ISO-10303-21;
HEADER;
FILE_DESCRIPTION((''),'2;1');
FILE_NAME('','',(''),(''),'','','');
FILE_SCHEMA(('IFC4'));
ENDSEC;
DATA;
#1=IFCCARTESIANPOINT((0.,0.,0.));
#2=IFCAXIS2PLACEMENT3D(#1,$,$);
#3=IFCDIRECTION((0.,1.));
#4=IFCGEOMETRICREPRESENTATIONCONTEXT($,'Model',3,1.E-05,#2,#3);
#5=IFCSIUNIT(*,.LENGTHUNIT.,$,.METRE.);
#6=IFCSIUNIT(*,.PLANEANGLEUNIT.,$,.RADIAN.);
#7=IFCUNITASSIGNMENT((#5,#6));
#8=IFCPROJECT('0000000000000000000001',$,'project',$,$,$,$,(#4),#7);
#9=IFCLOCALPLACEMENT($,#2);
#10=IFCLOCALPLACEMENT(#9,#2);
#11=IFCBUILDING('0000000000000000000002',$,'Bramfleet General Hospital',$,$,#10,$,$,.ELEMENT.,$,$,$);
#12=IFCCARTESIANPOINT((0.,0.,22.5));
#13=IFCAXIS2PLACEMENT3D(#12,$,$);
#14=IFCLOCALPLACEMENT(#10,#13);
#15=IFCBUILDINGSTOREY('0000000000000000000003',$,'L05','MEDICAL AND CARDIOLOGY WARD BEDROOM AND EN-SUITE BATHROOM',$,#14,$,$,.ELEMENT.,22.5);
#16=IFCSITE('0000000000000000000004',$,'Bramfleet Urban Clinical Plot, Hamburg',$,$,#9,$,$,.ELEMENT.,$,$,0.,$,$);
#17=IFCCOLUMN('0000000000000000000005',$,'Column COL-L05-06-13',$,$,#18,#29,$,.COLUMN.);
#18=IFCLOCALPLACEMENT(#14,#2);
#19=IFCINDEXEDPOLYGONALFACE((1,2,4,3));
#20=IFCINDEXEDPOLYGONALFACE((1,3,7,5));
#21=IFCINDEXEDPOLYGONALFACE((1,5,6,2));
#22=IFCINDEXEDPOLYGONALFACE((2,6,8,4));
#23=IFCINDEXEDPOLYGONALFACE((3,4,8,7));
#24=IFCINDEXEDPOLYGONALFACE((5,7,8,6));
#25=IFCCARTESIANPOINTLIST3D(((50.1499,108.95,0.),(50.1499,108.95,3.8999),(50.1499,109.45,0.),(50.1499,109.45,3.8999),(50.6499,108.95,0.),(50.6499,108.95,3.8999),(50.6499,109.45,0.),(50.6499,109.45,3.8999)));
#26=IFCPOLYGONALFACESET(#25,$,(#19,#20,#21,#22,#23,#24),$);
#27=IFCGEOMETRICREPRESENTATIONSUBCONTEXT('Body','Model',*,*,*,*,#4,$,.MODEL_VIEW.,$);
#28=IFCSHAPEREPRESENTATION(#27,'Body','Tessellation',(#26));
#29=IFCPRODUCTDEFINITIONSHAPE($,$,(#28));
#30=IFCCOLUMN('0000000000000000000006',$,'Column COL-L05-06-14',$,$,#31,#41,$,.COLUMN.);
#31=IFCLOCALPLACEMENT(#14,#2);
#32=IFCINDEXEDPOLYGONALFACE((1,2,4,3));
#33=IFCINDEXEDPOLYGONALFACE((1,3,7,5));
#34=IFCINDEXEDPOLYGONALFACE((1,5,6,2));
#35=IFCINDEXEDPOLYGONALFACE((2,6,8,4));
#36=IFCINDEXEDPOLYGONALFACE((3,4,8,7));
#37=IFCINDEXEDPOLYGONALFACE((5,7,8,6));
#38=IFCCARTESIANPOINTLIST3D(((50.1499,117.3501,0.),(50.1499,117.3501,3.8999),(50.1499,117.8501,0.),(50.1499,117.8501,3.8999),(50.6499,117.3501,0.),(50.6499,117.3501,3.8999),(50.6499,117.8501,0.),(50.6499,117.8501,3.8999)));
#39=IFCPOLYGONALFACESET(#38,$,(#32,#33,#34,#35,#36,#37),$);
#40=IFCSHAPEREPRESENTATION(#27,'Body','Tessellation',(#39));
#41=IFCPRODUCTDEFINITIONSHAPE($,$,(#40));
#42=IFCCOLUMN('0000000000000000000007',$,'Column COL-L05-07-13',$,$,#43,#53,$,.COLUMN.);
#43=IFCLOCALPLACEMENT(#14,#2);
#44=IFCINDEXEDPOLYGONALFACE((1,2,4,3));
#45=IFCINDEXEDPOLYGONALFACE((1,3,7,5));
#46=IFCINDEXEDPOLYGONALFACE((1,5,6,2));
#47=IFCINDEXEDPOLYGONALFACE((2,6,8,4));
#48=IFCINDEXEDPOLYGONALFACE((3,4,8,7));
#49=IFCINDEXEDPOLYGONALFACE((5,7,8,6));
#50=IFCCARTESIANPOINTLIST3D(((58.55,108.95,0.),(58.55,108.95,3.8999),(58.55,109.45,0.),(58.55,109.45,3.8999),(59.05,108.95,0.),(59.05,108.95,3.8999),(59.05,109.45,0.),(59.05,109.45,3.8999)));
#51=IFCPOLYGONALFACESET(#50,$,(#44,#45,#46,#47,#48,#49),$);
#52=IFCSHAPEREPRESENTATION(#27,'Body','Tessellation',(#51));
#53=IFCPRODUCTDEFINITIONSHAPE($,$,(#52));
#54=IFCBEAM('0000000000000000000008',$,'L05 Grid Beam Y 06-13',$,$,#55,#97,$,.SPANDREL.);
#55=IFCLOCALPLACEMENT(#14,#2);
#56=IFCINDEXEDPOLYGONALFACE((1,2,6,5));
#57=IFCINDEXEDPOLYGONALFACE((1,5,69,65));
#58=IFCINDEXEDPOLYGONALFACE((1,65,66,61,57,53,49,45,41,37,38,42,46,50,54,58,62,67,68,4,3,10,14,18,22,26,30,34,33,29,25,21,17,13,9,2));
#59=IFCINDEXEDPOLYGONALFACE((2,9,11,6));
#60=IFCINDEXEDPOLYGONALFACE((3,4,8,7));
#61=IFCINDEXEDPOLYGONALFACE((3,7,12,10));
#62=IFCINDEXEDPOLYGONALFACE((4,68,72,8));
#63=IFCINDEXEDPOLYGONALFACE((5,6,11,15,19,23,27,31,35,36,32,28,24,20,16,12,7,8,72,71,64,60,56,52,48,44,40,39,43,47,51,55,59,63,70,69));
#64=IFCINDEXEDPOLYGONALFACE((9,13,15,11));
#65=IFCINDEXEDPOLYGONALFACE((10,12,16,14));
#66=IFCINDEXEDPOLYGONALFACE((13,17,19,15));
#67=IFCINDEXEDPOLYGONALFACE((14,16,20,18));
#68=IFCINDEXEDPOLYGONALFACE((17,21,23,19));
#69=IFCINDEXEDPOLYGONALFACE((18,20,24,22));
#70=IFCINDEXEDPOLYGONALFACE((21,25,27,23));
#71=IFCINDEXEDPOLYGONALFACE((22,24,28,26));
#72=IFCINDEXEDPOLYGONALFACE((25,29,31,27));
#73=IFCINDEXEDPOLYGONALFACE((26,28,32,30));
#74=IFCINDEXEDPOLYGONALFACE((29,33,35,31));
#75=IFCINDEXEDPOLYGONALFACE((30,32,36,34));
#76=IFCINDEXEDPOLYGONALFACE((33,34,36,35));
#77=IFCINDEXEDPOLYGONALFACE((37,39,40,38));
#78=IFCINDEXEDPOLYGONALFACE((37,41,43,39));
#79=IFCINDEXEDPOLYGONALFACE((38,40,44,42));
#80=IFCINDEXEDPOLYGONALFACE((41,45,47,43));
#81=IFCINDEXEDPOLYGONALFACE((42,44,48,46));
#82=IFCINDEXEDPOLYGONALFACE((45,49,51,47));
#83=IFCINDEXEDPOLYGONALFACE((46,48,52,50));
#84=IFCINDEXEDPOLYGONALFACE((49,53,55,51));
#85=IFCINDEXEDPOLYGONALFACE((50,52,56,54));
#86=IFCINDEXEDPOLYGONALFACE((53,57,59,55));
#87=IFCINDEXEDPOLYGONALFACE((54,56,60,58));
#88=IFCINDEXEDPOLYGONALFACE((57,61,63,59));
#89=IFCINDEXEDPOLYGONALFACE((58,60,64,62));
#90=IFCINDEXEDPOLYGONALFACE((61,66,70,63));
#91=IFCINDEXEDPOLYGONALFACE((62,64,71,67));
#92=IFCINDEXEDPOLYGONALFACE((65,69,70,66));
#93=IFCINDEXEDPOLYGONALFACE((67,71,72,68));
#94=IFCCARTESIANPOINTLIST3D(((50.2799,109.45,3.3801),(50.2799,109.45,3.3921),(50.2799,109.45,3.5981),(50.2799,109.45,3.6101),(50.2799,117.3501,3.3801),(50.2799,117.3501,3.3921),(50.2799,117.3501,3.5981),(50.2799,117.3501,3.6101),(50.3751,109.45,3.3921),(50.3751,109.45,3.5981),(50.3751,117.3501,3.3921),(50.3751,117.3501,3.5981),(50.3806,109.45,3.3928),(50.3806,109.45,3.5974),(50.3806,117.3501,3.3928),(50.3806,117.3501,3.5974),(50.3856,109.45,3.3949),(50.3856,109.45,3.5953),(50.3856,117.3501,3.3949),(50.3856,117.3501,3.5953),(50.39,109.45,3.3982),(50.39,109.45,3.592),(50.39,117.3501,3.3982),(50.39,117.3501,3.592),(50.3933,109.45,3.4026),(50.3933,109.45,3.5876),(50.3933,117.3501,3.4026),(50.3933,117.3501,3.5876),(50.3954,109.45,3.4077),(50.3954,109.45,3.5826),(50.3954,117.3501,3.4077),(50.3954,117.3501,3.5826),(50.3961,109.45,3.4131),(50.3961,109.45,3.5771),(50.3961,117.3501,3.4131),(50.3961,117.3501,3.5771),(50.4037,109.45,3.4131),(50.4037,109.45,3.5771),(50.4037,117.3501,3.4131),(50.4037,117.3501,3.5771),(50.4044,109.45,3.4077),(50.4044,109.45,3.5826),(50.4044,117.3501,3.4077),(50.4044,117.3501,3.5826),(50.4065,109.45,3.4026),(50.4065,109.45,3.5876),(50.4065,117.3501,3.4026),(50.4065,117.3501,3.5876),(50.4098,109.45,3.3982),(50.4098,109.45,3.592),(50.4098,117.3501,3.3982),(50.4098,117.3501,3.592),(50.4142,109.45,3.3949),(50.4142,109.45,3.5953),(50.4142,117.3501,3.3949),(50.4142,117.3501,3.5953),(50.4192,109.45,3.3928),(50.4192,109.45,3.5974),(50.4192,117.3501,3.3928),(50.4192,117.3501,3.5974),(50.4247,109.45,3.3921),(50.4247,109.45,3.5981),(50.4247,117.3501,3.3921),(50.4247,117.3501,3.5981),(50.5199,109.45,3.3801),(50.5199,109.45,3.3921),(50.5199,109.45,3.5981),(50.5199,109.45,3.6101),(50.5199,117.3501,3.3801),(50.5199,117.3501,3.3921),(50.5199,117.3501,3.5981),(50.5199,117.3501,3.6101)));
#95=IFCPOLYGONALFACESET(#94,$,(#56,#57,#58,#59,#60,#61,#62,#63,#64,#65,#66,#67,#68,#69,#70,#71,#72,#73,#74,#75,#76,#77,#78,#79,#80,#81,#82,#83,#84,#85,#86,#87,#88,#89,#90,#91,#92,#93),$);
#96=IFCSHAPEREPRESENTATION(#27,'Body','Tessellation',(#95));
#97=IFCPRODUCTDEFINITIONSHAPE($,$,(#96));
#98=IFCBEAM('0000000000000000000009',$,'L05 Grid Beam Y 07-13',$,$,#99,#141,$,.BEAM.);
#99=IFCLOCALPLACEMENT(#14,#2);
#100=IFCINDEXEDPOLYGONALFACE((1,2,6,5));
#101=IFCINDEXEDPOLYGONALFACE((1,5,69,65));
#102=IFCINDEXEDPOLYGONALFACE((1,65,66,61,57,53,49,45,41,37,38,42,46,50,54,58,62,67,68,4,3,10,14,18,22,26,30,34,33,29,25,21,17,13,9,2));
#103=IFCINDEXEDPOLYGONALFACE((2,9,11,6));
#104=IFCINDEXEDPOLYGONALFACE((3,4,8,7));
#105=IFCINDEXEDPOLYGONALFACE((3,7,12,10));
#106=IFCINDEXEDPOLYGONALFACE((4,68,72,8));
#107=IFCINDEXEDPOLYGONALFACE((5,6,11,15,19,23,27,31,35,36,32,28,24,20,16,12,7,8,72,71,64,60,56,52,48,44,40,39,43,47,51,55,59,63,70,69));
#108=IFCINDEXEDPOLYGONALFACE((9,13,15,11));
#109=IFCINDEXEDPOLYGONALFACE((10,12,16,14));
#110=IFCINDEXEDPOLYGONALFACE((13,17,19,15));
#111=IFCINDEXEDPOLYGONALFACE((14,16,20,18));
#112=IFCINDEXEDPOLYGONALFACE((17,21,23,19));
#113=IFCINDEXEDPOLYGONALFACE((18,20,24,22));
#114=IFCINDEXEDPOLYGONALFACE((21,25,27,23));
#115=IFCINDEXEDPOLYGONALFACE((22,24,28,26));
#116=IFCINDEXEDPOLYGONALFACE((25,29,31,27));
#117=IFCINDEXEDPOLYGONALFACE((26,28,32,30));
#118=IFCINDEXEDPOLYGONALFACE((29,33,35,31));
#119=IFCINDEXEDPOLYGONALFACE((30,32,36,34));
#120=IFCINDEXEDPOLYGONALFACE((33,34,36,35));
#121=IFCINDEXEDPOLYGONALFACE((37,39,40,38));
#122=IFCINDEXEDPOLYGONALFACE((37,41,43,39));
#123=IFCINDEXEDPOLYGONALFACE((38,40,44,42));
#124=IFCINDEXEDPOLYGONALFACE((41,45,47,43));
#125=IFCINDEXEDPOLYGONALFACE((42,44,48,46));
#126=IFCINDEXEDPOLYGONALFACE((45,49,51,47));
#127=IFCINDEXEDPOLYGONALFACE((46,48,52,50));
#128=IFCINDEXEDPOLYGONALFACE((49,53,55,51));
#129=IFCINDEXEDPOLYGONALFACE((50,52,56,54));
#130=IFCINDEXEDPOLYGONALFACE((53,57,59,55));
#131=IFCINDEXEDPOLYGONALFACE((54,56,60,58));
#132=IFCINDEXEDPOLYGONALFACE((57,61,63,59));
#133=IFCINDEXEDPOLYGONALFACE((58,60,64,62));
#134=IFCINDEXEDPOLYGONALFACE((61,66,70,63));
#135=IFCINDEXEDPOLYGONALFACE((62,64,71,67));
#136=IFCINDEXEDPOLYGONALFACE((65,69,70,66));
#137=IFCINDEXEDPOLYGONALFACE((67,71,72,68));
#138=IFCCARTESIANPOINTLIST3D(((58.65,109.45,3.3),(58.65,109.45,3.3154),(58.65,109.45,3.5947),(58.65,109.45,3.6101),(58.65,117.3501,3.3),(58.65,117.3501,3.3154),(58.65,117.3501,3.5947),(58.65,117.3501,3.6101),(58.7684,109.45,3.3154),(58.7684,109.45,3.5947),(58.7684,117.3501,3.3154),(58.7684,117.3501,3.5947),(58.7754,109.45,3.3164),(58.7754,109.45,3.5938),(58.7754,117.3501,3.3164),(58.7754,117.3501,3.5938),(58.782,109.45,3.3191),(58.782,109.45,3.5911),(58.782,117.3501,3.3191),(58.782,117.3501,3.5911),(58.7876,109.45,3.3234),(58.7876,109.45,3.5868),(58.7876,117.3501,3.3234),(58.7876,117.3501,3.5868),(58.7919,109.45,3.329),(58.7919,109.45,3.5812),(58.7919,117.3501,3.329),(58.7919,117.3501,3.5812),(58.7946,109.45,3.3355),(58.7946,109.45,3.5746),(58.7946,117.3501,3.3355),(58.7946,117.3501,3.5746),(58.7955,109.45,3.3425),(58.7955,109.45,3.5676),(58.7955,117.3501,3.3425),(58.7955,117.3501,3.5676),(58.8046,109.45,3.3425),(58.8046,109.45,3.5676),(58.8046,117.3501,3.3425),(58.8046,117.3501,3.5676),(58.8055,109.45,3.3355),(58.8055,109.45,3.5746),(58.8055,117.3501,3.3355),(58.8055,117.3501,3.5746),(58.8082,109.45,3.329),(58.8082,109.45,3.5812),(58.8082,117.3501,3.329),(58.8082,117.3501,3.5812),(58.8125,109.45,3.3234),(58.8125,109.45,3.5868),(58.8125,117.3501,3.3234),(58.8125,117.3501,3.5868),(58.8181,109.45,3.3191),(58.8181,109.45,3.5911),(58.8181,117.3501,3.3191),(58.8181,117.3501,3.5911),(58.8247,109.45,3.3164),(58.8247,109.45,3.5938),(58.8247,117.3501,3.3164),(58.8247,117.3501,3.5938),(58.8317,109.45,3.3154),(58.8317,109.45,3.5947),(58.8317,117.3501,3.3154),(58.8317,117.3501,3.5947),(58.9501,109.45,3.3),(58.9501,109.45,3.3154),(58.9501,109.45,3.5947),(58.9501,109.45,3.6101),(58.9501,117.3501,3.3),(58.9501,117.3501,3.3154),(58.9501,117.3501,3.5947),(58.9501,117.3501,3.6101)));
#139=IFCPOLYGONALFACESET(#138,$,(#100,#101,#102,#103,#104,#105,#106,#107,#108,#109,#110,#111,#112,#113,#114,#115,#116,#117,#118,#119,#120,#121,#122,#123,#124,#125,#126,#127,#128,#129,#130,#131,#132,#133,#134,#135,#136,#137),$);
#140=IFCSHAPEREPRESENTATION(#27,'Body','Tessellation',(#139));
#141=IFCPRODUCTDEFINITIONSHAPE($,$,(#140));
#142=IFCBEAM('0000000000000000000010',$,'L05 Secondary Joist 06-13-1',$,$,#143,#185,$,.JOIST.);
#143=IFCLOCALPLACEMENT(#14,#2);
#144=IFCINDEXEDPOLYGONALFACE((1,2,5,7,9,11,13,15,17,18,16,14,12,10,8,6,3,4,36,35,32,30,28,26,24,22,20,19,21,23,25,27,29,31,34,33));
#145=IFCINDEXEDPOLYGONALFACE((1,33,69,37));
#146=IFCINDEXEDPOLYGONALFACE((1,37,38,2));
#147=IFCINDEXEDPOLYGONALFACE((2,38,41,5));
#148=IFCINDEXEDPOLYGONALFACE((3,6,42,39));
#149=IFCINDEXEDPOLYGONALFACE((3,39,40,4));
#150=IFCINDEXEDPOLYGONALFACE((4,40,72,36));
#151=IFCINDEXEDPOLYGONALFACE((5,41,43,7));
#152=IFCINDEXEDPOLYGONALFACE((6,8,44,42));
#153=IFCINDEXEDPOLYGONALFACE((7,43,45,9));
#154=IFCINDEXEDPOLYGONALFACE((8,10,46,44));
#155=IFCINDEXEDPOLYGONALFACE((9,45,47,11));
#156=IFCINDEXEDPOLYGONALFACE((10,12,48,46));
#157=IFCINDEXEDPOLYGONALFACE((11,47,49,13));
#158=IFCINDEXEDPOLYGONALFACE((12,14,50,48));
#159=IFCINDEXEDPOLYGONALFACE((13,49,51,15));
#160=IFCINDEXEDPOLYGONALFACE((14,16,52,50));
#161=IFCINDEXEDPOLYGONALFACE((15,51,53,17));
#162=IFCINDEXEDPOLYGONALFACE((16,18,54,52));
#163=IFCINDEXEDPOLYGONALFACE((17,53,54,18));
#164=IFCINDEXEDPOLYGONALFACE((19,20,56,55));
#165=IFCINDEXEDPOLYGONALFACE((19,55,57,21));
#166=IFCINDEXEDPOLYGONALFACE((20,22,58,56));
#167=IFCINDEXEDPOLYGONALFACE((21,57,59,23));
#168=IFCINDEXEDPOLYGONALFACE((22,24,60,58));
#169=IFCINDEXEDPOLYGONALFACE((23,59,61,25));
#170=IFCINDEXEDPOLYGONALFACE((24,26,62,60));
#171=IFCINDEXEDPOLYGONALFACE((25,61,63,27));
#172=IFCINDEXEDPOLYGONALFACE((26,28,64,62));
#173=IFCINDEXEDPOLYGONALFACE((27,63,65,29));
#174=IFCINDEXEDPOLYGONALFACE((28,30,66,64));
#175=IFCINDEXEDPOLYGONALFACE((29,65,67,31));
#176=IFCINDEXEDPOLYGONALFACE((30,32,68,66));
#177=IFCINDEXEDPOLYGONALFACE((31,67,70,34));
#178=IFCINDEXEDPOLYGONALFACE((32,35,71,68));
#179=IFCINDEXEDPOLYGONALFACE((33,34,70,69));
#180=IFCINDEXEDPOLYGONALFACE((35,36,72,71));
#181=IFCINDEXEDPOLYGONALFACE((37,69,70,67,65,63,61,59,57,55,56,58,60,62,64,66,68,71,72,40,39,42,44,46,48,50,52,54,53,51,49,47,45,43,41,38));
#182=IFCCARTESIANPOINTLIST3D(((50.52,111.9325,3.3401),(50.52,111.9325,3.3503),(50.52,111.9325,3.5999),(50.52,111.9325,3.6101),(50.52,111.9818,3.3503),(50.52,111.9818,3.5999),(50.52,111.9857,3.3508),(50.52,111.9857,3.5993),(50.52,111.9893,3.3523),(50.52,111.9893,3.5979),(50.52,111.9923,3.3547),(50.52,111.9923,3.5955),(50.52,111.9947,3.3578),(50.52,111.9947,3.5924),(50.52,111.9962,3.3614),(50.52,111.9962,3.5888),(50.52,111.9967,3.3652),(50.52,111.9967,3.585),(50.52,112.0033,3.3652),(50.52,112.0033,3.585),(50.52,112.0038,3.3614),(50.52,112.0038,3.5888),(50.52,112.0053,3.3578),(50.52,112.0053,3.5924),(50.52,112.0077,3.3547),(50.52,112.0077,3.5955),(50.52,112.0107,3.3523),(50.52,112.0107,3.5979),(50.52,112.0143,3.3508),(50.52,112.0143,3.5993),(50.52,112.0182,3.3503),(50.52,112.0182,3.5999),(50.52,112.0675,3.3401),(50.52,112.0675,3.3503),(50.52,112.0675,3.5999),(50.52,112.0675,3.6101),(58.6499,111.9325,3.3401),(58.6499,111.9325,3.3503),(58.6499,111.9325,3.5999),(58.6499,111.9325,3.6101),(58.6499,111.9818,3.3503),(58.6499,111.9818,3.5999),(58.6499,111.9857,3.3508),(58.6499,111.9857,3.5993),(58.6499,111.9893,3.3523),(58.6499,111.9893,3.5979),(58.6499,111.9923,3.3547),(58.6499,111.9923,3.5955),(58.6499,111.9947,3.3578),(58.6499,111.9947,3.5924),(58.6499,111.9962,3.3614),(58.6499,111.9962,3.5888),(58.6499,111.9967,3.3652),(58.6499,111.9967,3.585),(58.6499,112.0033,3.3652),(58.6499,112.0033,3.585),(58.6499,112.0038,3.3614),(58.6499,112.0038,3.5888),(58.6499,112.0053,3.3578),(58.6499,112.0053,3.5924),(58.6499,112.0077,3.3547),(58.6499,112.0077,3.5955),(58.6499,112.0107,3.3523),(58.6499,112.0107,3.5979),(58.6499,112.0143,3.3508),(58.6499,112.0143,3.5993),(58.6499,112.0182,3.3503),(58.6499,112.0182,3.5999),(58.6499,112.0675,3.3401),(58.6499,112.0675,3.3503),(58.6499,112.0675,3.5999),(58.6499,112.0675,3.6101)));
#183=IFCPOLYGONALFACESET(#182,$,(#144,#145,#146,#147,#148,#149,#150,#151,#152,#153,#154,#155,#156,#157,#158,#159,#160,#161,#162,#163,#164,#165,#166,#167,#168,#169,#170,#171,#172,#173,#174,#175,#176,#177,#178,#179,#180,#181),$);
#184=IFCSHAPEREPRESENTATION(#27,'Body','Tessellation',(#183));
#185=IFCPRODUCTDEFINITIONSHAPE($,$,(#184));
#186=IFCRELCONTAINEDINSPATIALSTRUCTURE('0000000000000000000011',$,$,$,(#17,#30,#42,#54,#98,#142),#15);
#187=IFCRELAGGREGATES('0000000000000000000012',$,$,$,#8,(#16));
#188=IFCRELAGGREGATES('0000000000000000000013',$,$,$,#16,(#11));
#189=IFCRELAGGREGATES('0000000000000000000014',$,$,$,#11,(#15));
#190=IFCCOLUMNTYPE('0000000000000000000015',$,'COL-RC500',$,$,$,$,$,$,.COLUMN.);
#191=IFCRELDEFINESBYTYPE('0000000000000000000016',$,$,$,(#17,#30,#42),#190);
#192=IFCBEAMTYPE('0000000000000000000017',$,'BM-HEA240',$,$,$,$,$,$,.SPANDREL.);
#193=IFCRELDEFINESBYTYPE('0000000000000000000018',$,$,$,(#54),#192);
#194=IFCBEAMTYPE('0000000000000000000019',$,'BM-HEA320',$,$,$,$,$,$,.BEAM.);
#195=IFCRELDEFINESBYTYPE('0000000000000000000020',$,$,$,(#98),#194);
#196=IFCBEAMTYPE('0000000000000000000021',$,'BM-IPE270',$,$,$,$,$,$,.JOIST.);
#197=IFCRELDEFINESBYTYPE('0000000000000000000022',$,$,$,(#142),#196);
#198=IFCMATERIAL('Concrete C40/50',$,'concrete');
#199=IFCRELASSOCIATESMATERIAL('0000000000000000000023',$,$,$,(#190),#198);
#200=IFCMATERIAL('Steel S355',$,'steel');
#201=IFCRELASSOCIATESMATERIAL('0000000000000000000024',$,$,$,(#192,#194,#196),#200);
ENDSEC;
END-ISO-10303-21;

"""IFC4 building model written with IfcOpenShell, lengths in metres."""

from ifc_helpers import new_model, si_unit, direction, frame, origin, origin_2d, place, context, subcontext, project, spatial, rectangle, i_section, extrude, material, material_profile, profile_set, type_object, element, save


model = new_model("IFC4")

# Units and contexts
model_context = context("Model", 3, precision=1e-05, world=origin(), true_north=direction((0.0, 1.0)))
body_context = subcontext(model_context, "Body", "Model", "MODEL_VIEW")
ifc_project = project(units=[si_unit("LENGTHUNIT", "METRE"), si_unit("PLANEANGLEUNIT", "RADIAN")], contexts=[model_context])

# Site, building, storey
site_placement = place(None, origin())
site = spatial("IfcSite", under=ifc_project, at=site_placement, Name="Bramfleet Urban Clinical Plot, Hamburg", CompositionType="ELEMENT", RefElevation=0.0)
building_placement = place(site_placement, origin())
building = spatial("IfcBuilding", under=site, at=building_placement, Name="Bramfleet General Hospital", CompositionType="ELEMENT")
storey_placement = place(building_placement, frame((0.0, 0.0, 22.5)))
storey = spatial("IfcBuildingStorey", under=building, at=storey_placement, Name="L05", Description="MEDICAL AND CARDIOLOGY WARD BEDROOM AND EN-SUITE BATHROOM", CompositionType="ELEMENT", Elevation=22.5)

# Columns
ifc_material_1 = material(Name="Concrete C40/50", Category="concrete")
ifc_material_profile_1 = material_profile(ifc_material_1, rectangle(XDim=0.5, YDim=0.5, at=origin_2d()), Name="RC COL 500x500")
ifc_profile_set_1 = profile_set([ifc_material_profile_1], Name="Concrete C40/50")
column_type = type_object("IfcColumnType", Name="COL-RC500", PredefinedType="COLUMN", material=ifc_profile_set_1)
for number, where, z_axis, x_axis, name in (
    (1, (50.3999, 109.2, 0.0), (0.0, 0.0, 1.0), (1.0, 0.0, 0.0), "Column COL-L05-06-13"),
    (2, (50.3999, 117.6001, 0.0), (0.0, 0.0, 1.0), (1.0, 0.0, 0.0), "Column COL-L05-06-14"),
    (3, (58.8, 109.2, 0.0), (0.0, 0.0, 1.0), (1.0, 0.0, 0.0), "Column COL-L05-07-13"),
):
    element("IfcColumn", number, at=place(storey_placement, frame(where, z_axis=z_axis, x_axis=x_axis)), inside=storey, type_object=column_type, Name=name, PredefinedType="COLUMN", context=body_context, shape_type="SweptSolid", body=[
        extrude(rectangle(XDim=0.5, YDim=0.5, at=origin_2d()), origin(), (0.0, 0.0, 1.0), 3.8999),
    ])

# Beams
ifc_material_2 = material(Name="Steel S355", Category="steel")
ifc_material_profile_2 = material_profile(ifc_material_2, i_section(OverallWidth=0.24, OverallDepth=0.23, WebThickness=0.0076, FlangeThickness=0.012, FilletRadius=0.021, at=origin_2d()), Name="HEA 240")
ifc_profile_set_2 = profile_set([ifc_material_profile_2], Name="Steel S355")
beam_type_1 = type_object("IfcBeamType", Name="BM-HEA240", PredefinedType="SPANDREL", material=ifc_profile_set_2)
beam_1_placement = place(storey_placement, frame((50.3999, 109.45, 3.4951), z_axis=(0.0, 1.0, 0.0), x_axis=(-1.0, 0.0, 0.0)))
element("IfcBeam", 4, at=beam_1_placement, inside=storey, type_object=beam_type_1, Name="L05 Grid Beam Y 06-13", PredefinedType="SPANDREL", context=body_context, shape_type="SweptSolid", body=[
    extrude(i_section(OverallWidth=0.24, OverallDepth=0.23, WebThickness=0.0076, FlangeThickness=0.012, FilletRadius=0.021, at=origin_2d()), origin(), (0.0, 0.0, 1.0), 7.9001),
])
ifc_material_profile_3 = material_profile(ifc_material_2, i_section(OverallWidth=0.3, OverallDepth=0.3101, WebThickness=0.009, FlangeThickness=0.0154, FilletRadius=0.0271, at=origin_2d()), Name="HEA 320")
ifc_profile_set_3 = profile_set([ifc_material_profile_3], Name="Steel S355")
beam_type_2 = type_object("IfcBeamType", Name="BM-HEA320", PredefinedType="BEAM", material=ifc_profile_set_3)
beam_2_placement = place(storey_placement, frame((58.8, 109.45, 3.4551), z_axis=(0.0, 1.0, 0.0), x_axis=(-1.0, 0.0, 0.0)))
element("IfcBeam", 5, at=beam_2_placement, inside=storey, type_object=beam_type_2, Name="L05 Grid Beam Y 07-13", PredefinedType="BEAM", context=body_context, shape_type="SweptSolid", body=[
    extrude(i_section(OverallWidth=0.3, OverallDepth=0.3101, WebThickness=0.009, FlangeThickness=0.0154, FilletRadius=0.0271, at=origin_2d()), origin(), (0.0, 0.0, 1.0), 7.9001),
])
ifc_material_profile_4 = material_profile(ifc_material_2, i_section(OverallWidth=0.135, OverallDepth=0.27, WebThickness=0.0066, FlangeThickness=0.0103, FilletRadius=0.0149, at=origin_2d()), Name="IPE 270")
ifc_profile_set_4 = profile_set([ifc_material_profile_4], Name="Steel S355")
beam_type_3 = type_object("IfcBeamType", Name="BM-IPE270", PredefinedType="JOIST", material=ifc_profile_set_4)
for number, where, z_axis, x_axis, name in (
    (6, (50.52, 112.0, 3.4751), (1.0, 0.0, 0.0), (0.0, 1.0, 0.0), "L05 Secondary Joist 06-13-1"),
):
    element("IfcBeam", number, at=place(storey_placement, frame(where, z_axis=z_axis, x_axis=x_axis)), inside=storey, type_object=beam_type_3, Name=name, PredefinedType="JOIST", context=body_context, shape_type="SweptSolid", body=[
        extrude(i_section(OverallWidth=0.135, OverallDepth=0.27, WebThickness=0.0066, FlangeThickness=0.0103, FilletRadius=0.0149, at=origin_2d()), origin(), (0.0, 0.0, 1.0), 8.1299),
    ])

save(model, "model.ifc")
